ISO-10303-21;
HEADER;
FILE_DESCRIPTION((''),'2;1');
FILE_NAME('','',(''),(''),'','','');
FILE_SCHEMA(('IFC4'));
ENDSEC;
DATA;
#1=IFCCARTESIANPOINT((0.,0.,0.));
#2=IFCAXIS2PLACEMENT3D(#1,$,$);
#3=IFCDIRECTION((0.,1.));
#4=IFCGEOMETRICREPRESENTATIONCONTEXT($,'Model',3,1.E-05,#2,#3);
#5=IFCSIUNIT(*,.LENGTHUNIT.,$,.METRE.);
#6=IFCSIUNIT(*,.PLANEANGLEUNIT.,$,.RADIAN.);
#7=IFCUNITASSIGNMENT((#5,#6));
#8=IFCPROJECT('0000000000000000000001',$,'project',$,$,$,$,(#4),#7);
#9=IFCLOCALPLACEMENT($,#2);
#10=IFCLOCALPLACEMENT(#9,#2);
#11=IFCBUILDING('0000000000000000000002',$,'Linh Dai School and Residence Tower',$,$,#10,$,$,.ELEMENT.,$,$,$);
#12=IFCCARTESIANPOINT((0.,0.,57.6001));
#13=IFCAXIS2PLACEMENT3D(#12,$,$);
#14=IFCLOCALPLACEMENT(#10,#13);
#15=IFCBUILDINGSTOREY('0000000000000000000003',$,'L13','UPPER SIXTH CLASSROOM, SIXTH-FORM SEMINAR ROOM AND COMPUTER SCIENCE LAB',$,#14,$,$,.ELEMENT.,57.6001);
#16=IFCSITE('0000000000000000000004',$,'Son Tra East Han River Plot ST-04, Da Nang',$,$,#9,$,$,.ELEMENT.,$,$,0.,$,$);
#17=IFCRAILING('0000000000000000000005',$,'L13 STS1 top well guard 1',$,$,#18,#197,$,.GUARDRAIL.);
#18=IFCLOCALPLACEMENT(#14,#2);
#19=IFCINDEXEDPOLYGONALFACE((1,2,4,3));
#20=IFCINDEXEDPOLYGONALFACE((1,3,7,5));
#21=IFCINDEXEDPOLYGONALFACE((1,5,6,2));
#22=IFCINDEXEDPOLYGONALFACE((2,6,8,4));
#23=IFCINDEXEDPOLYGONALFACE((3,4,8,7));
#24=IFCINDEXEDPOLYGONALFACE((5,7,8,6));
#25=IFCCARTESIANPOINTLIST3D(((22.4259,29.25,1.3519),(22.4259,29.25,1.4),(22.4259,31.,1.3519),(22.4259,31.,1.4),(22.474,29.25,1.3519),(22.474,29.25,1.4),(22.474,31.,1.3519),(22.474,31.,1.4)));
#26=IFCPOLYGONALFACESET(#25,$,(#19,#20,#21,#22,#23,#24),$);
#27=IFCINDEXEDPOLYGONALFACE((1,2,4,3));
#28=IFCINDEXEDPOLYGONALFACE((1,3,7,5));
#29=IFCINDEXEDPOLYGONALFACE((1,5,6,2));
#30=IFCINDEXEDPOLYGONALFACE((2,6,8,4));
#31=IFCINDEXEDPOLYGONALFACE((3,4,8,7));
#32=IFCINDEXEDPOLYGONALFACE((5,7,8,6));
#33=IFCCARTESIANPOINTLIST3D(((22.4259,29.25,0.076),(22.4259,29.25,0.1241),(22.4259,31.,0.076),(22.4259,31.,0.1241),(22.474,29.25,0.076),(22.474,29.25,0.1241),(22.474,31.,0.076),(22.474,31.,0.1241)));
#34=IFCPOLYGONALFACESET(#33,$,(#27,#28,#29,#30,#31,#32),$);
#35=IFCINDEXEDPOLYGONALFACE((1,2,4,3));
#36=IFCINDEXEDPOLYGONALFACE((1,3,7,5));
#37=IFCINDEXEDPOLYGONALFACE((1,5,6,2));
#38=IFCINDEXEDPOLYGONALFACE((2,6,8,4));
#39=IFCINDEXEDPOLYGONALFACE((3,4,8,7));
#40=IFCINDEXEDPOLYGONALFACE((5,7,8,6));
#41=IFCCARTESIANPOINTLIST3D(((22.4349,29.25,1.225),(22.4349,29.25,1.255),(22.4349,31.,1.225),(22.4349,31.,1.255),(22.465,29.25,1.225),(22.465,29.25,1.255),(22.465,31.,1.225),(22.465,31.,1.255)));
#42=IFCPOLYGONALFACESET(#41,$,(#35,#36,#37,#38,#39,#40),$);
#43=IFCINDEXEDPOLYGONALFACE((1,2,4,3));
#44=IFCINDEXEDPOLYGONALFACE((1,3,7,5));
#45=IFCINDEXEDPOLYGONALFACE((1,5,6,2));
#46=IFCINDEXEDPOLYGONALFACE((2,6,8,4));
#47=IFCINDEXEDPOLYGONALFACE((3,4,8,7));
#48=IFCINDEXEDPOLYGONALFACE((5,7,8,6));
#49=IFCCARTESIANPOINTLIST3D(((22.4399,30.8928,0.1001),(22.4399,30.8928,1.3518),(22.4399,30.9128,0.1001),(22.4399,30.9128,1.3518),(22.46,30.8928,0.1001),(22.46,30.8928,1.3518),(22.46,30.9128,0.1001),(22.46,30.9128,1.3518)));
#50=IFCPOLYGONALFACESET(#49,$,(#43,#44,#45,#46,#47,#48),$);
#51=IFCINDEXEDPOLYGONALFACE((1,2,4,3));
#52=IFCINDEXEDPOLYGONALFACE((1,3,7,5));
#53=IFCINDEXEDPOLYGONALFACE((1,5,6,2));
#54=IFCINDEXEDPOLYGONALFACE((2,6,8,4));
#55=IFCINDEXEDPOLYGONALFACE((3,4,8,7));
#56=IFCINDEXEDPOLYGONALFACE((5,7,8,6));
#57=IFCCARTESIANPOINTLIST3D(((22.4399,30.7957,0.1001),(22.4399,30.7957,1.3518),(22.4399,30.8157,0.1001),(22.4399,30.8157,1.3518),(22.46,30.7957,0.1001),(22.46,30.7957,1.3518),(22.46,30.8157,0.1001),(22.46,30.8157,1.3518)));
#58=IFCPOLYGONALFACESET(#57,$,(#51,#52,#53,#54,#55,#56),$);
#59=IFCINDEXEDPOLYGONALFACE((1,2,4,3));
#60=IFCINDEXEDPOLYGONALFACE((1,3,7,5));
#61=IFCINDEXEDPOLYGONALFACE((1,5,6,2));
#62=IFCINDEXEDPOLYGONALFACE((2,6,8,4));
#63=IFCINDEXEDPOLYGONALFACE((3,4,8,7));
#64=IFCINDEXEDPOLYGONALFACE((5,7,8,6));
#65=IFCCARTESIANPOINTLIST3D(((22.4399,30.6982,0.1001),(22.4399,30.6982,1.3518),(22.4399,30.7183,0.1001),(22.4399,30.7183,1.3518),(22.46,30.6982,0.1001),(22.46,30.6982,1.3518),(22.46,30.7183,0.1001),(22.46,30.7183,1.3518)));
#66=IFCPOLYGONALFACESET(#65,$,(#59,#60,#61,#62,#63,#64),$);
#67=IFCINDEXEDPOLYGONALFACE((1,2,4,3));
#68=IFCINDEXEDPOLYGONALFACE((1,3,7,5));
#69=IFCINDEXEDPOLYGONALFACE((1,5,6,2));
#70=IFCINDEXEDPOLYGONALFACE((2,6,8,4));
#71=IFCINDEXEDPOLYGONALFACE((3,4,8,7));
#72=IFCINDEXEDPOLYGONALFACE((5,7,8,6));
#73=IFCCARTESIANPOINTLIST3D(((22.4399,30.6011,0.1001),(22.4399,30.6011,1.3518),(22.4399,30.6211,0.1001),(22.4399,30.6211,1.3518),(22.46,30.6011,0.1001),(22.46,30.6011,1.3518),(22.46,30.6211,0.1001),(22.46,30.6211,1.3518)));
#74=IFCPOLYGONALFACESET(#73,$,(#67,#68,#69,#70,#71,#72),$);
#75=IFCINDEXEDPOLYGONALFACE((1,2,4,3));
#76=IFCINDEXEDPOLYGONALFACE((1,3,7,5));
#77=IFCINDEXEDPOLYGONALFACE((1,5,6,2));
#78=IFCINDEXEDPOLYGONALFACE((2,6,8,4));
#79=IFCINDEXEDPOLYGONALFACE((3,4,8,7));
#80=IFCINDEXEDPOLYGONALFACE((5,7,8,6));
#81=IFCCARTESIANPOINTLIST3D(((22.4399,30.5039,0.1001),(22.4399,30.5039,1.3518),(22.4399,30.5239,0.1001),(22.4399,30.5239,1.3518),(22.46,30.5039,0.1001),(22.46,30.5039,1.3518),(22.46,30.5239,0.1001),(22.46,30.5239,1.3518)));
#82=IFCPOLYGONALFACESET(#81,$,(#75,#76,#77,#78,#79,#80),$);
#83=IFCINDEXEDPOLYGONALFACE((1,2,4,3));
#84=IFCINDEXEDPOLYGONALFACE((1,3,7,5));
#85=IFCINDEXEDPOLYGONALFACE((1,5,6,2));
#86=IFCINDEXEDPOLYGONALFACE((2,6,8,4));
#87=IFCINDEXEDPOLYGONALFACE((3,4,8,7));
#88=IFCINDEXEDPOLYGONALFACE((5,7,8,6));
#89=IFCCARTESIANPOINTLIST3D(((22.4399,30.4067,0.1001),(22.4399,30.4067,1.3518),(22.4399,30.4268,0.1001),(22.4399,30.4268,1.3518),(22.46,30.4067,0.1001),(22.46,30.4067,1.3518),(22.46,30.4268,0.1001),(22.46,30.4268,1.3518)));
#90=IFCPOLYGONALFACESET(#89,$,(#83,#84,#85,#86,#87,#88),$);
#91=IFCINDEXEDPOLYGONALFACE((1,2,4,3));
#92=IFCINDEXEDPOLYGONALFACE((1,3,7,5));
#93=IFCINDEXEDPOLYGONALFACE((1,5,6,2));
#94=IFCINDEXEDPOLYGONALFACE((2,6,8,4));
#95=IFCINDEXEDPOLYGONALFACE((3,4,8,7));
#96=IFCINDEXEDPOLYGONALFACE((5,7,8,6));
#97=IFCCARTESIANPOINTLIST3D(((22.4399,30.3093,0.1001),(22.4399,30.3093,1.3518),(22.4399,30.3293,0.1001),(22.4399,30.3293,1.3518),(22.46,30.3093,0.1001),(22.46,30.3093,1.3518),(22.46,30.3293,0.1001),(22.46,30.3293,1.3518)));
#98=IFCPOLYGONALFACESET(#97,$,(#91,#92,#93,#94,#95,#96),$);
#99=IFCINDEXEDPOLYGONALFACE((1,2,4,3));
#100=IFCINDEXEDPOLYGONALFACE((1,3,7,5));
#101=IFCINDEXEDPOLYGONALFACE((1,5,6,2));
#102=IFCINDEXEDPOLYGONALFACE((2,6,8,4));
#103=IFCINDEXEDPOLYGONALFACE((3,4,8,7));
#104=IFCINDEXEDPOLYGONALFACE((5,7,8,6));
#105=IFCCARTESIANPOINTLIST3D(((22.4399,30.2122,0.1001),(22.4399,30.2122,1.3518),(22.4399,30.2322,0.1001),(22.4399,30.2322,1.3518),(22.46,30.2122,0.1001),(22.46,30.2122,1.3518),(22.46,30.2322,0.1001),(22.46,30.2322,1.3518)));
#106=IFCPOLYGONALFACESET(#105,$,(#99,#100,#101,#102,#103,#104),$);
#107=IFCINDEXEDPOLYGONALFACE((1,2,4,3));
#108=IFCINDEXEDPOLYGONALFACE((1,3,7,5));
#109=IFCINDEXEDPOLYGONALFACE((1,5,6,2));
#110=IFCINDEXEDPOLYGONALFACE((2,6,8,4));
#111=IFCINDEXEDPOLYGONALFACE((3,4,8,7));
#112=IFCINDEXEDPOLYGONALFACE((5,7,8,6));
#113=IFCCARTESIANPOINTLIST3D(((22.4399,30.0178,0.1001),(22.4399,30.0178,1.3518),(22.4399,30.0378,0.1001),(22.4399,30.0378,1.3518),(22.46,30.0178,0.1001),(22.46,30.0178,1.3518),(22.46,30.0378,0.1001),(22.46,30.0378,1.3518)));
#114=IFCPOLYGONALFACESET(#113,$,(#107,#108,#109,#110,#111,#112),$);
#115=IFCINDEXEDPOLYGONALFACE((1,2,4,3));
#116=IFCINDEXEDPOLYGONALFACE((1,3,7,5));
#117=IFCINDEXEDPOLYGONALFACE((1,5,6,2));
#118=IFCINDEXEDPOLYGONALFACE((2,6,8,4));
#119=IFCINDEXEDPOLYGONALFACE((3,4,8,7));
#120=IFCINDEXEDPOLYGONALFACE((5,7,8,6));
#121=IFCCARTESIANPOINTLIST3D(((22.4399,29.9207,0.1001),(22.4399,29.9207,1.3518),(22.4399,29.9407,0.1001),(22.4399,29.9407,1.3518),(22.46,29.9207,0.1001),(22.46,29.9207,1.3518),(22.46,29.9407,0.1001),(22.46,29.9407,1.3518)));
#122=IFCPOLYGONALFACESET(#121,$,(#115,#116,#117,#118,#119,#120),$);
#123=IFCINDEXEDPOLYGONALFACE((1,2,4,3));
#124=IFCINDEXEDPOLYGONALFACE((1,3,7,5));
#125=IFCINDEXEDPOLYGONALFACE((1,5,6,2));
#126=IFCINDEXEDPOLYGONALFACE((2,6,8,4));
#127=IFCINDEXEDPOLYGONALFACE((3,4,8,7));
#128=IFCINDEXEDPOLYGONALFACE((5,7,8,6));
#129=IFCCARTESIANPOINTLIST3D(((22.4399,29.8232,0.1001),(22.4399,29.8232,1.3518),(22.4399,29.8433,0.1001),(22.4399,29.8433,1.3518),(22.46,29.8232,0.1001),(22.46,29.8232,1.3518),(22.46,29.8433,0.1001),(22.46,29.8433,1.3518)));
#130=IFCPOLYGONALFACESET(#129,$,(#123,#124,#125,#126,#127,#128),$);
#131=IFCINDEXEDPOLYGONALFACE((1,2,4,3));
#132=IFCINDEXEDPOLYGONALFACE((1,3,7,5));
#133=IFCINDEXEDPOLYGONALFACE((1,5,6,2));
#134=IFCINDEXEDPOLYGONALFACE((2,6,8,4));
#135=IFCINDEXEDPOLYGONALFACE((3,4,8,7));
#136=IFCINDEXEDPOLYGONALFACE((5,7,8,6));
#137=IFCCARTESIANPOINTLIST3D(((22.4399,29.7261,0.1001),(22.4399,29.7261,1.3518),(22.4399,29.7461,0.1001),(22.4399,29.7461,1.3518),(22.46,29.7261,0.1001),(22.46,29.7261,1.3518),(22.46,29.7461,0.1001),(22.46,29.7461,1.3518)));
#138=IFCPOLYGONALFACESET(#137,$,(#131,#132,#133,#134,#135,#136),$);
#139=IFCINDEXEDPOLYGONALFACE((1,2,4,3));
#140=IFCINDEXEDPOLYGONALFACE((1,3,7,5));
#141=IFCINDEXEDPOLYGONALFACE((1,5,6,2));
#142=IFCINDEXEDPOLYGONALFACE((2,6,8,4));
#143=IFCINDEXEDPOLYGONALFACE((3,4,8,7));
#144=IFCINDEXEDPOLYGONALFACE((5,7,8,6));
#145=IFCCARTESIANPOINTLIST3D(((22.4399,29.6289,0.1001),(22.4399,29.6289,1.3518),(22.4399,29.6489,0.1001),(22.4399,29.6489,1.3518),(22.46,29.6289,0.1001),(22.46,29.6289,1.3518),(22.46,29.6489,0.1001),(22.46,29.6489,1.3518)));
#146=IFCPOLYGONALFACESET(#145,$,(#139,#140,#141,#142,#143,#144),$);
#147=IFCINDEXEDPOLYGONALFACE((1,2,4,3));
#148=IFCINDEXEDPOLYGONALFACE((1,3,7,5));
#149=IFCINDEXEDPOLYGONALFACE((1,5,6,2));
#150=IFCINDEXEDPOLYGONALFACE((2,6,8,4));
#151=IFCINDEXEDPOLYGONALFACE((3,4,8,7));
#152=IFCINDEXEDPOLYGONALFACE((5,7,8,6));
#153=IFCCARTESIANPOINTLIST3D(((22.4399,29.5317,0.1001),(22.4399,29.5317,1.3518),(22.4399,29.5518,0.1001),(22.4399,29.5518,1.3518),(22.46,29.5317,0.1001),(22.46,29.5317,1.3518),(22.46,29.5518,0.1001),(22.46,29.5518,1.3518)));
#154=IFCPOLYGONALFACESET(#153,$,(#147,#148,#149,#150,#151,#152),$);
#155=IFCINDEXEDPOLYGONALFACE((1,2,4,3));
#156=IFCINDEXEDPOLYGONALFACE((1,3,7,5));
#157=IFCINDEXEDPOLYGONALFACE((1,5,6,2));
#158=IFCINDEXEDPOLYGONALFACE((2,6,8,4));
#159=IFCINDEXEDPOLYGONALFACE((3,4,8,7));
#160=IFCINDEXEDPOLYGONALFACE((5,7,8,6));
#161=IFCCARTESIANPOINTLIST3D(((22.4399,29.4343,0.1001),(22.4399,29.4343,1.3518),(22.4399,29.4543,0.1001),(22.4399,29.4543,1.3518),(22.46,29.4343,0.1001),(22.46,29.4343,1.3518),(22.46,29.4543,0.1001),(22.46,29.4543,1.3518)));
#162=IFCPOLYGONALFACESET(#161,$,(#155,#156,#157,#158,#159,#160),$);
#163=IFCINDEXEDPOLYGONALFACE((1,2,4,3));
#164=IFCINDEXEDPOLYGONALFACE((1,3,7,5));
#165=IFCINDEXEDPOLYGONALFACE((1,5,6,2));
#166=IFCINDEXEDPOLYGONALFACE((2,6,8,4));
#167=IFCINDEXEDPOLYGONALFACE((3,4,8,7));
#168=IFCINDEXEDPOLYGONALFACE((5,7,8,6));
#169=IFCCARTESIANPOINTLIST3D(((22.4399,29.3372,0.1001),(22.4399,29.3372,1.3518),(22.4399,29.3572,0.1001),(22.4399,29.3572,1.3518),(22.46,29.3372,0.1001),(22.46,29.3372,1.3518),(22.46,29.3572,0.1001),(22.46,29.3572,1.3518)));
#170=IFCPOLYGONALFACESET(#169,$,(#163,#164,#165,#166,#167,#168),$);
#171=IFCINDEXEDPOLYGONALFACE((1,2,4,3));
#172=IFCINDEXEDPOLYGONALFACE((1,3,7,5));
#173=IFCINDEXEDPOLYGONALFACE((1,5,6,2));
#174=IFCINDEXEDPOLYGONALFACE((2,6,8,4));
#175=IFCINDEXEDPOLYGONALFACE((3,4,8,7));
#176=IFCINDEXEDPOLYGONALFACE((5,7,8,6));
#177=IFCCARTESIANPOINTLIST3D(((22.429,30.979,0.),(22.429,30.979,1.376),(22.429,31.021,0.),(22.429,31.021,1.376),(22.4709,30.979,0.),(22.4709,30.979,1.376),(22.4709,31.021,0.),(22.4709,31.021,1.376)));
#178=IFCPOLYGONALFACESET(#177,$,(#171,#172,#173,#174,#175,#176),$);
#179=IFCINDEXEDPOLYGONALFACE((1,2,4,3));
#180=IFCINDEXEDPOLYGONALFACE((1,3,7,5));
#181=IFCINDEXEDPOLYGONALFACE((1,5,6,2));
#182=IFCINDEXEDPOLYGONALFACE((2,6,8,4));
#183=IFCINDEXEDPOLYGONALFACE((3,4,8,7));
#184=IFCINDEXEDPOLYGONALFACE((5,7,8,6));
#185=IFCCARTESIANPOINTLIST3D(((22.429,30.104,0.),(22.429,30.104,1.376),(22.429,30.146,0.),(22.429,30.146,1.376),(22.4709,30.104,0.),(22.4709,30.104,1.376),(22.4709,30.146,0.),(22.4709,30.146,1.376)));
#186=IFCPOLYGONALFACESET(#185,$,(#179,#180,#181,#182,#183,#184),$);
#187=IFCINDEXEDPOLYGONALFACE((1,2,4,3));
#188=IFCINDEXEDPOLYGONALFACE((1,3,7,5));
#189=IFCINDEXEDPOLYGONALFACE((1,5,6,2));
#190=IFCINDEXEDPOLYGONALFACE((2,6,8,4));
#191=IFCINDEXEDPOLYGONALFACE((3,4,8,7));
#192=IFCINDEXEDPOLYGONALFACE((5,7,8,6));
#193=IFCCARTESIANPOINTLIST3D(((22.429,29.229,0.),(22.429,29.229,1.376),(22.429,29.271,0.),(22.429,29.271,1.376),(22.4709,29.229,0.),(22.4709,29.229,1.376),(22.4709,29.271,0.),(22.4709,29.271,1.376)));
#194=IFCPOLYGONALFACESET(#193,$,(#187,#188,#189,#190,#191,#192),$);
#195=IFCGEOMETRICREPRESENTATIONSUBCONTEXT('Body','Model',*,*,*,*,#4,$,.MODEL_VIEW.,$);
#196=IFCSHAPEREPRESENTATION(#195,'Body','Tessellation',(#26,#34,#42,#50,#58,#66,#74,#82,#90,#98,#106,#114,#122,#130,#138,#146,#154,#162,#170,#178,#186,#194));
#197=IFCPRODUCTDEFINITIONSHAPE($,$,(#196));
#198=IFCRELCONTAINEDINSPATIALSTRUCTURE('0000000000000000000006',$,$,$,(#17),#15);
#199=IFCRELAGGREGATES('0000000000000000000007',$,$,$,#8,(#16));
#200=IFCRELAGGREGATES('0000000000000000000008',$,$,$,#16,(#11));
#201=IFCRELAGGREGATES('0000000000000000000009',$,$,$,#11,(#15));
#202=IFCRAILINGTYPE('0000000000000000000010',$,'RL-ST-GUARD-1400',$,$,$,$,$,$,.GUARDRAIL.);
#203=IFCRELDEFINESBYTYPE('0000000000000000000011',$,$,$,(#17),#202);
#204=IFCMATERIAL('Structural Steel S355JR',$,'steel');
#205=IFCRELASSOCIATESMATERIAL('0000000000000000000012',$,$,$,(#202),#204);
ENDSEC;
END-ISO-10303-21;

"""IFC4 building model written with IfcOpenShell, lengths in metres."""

from ifc_helpers import new_model, si_unit, direction, frame, origin, origin_2d, place, context, subcontext, project, spatial, rectangle, extrude, source, transform, mapped, material, type_object, element, save


model = new_model("IFC4")

# Units and contexts
model_context = context("Model", 3, precision=1e-05, world=origin(), true_north=direction((0.0, 1.0)))
body_context = subcontext(model_context, "Body", "Model", "MODEL_VIEW")
ifc_project = project(units=[si_unit("LENGTHUNIT", "METRE"), si_unit("PLANEANGLEUNIT", "RADIAN")], contexts=[model_context])

# Site, building, storey
site_placement = place(None, origin())
site = spatial("IfcSite", under=ifc_project, at=site_placement, Name="Son Tra East Han River Plot ST-04, Da Nang", CompositionType="ELEMENT", RefElevation=0.0)
building_placement = place(site_placement, origin())
building = spatial("IfcBuilding", under=site, at=building_placement, Name="Linh Dai School and Residence Tower", CompositionType="ELEMENT")
storey_placement = place(building_placement, frame((0.0, 0.0, 57.6001)))
storey = spatial("IfcBuildingStorey", under=building, at=storey_placement, Name="L13", Description="UPPER SIXTH CLASSROOM, SIXTH-FORM SEMINAR ROOM AND COMPUTER SCIENCE LAB", CompositionType="ELEMENT", Elevation=57.6001)

# Shared definitions
ifc_material_1 = material(Name="Structural Steel S355JR", Category="steel")

# Railing
railing_type = type_object("IfcRailingType", Name="RL-ST-GUARD-1400", PredefinedType="GUARDRAIL", material=ifc_material_1)
shared_shape_1 = source(origin(), body_context, "Body", "SweptSolid", [
    extrude(rectangle(XDim=0.0481, YDim=0.0481, at=origin_2d()), frame((0.0, 0.0, 1.376), z_axis=(0.0, -1.0, 0.0), x_axis=(1.0, 0.0, 0.0)), (0.0, 0.0, 1.0), 1.75),
    extrude(rectangle(XDim=0.0481, YDim=0.0481, at=origin_2d()), frame((0.0, 0.0, 0.1001), z_axis=(0.0, -1.0, 0.0), x_axis=(1.0, 0.0, 0.0)), (0.0, 0.0, 1.0), 1.75),
    extrude(rectangle(XDim=0.03, YDim=0.03, at=origin_2d()), frame((0.0, 0.0, 1.24), z_axis=(0.0, -1.0, 0.0), x_axis=(1.0, 0.0, 0.0)), (0.0, 0.0, 1.0), 1.75),
    extrude(rectangle(XDim=0.02, YDim=0.02, at=origin_2d()), frame((0.0, -0.0972, 0.1001)), (0.0, 0.0, 1.0), 1.2517),
    extrude(rectangle(XDim=0.02, YDim=0.02, at=origin_2d()), frame((0.0, -0.1943, 0.1001)), (0.0, 0.0, 1.0), 1.2517),
    extrude(rectangle(XDim=0.02, YDim=0.02, at=origin_2d()), frame((0.0, -0.2917, 0.1001)), (0.0, 0.0, 1.0), 1.2517),
    extrude(rectangle(XDim=0.02, YDim=0.02, at=origin_2d()), frame((0.0, -0.3889, 0.1001)), (0.0, 0.0, 1.0), 1.2517),
    extrude(rectangle(XDim=0.02, YDim=0.02, at=origin_2d()), frame((0.0, -0.4861, 0.1001)), (0.0, 0.0, 1.0), 1.2517),
    extrude(rectangle(XDim=0.02, YDim=0.02, at=origin_2d()), frame((0.0, -0.5833, 0.1001)), (0.0, 0.0, 1.0), 1.2517),
    extrude(rectangle(XDim=0.02, YDim=0.02, at=origin_2d()), frame((0.0, -0.6807, 0.1001)), (0.0, 0.0, 1.0), 1.2517),
    extrude(rectangle(XDim=0.02, YDim=0.02, at=origin_2d()), frame((0.0, -0.7778, 0.1001)), (0.0, 0.0, 1.0), 1.2517),
    extrude(rectangle(XDim=0.02, YDim=0.02, at=origin_2d()), frame((0.0, -0.9722, 0.1001)), (0.0, 0.0, 1.0), 1.2517),
    extrude(rectangle(XDim=0.02, YDim=0.02, at=origin_2d()), frame((0.0, -1.0693, 0.1001)), (0.0, 0.0, 1.0), 1.2517),
    extrude(rectangle(XDim=0.02, YDim=0.02, at=origin_2d()), frame((0.0, -1.1667, 0.1001)), (0.0, 0.0, 1.0), 1.2517),
    extrude(rectangle(XDim=0.02, YDim=0.02, at=origin_2d()), frame((0.0, -1.2639, 0.1001)), (0.0, 0.0, 1.0), 1.2517),
    extrude(rectangle(XDim=0.02, YDim=0.02, at=origin_2d()), frame((0.0, -1.3611, 0.1001)), (0.0, 0.0, 1.0), 1.2517),
    extrude(rectangle(XDim=0.02, YDim=0.02, at=origin_2d()), frame((0.0, -1.4583, 0.1001)), (0.0, 0.0, 1.0), 1.2517),
    extrude(rectangle(XDim=0.02, YDim=0.02, at=origin_2d()), frame((0.0, -1.5557, 0.1001)), (0.0, 0.0, 1.0), 1.2517),
    extrude(rectangle(XDim=0.02, YDim=0.02, at=origin_2d()), frame((0.0, -1.6528, 0.1001)), (0.0, 0.0, 1.0), 1.2517),
    extrude(rectangle(XDim=0.042, YDim=0.042, at=origin_2d()), origin(), (0.0, 0.0, 1.0), 1.376),
    extrude(rectangle(XDim=0.042, YDim=0.042, at=origin_2d()), frame((0.0, -0.875, 0.0)), (0.0, 0.0, 1.0), 1.376),
    extrude(rectangle(XDim=0.042, YDim=0.042, at=origin_2d()), frame((0.0, -1.75, 0.0)), (0.0, 0.0, 1.0), 1.376),
])
railing_1_placement = place(storey_placement, frame((22.45, 31.0, 0.0)))
element("IfcRailing", 1, at=railing_1_placement, inside=storey, type_object=railing_type, Name="L13 STS1 top well guard 1", PredefinedType="GUARDRAIL", context=body_context, shape_type="MappedRepresentation", body=[
    mapped(shared_shape_1, transform((0.0, 0.0, 0.0), x_axis=(1.0, 0.0, 0.0), y_axis=(0.0, 1.0, 0.0), z_axis=(0.0, 0.0, 1.0), scale=1.0)),
])

save(model, "model.ifc")
